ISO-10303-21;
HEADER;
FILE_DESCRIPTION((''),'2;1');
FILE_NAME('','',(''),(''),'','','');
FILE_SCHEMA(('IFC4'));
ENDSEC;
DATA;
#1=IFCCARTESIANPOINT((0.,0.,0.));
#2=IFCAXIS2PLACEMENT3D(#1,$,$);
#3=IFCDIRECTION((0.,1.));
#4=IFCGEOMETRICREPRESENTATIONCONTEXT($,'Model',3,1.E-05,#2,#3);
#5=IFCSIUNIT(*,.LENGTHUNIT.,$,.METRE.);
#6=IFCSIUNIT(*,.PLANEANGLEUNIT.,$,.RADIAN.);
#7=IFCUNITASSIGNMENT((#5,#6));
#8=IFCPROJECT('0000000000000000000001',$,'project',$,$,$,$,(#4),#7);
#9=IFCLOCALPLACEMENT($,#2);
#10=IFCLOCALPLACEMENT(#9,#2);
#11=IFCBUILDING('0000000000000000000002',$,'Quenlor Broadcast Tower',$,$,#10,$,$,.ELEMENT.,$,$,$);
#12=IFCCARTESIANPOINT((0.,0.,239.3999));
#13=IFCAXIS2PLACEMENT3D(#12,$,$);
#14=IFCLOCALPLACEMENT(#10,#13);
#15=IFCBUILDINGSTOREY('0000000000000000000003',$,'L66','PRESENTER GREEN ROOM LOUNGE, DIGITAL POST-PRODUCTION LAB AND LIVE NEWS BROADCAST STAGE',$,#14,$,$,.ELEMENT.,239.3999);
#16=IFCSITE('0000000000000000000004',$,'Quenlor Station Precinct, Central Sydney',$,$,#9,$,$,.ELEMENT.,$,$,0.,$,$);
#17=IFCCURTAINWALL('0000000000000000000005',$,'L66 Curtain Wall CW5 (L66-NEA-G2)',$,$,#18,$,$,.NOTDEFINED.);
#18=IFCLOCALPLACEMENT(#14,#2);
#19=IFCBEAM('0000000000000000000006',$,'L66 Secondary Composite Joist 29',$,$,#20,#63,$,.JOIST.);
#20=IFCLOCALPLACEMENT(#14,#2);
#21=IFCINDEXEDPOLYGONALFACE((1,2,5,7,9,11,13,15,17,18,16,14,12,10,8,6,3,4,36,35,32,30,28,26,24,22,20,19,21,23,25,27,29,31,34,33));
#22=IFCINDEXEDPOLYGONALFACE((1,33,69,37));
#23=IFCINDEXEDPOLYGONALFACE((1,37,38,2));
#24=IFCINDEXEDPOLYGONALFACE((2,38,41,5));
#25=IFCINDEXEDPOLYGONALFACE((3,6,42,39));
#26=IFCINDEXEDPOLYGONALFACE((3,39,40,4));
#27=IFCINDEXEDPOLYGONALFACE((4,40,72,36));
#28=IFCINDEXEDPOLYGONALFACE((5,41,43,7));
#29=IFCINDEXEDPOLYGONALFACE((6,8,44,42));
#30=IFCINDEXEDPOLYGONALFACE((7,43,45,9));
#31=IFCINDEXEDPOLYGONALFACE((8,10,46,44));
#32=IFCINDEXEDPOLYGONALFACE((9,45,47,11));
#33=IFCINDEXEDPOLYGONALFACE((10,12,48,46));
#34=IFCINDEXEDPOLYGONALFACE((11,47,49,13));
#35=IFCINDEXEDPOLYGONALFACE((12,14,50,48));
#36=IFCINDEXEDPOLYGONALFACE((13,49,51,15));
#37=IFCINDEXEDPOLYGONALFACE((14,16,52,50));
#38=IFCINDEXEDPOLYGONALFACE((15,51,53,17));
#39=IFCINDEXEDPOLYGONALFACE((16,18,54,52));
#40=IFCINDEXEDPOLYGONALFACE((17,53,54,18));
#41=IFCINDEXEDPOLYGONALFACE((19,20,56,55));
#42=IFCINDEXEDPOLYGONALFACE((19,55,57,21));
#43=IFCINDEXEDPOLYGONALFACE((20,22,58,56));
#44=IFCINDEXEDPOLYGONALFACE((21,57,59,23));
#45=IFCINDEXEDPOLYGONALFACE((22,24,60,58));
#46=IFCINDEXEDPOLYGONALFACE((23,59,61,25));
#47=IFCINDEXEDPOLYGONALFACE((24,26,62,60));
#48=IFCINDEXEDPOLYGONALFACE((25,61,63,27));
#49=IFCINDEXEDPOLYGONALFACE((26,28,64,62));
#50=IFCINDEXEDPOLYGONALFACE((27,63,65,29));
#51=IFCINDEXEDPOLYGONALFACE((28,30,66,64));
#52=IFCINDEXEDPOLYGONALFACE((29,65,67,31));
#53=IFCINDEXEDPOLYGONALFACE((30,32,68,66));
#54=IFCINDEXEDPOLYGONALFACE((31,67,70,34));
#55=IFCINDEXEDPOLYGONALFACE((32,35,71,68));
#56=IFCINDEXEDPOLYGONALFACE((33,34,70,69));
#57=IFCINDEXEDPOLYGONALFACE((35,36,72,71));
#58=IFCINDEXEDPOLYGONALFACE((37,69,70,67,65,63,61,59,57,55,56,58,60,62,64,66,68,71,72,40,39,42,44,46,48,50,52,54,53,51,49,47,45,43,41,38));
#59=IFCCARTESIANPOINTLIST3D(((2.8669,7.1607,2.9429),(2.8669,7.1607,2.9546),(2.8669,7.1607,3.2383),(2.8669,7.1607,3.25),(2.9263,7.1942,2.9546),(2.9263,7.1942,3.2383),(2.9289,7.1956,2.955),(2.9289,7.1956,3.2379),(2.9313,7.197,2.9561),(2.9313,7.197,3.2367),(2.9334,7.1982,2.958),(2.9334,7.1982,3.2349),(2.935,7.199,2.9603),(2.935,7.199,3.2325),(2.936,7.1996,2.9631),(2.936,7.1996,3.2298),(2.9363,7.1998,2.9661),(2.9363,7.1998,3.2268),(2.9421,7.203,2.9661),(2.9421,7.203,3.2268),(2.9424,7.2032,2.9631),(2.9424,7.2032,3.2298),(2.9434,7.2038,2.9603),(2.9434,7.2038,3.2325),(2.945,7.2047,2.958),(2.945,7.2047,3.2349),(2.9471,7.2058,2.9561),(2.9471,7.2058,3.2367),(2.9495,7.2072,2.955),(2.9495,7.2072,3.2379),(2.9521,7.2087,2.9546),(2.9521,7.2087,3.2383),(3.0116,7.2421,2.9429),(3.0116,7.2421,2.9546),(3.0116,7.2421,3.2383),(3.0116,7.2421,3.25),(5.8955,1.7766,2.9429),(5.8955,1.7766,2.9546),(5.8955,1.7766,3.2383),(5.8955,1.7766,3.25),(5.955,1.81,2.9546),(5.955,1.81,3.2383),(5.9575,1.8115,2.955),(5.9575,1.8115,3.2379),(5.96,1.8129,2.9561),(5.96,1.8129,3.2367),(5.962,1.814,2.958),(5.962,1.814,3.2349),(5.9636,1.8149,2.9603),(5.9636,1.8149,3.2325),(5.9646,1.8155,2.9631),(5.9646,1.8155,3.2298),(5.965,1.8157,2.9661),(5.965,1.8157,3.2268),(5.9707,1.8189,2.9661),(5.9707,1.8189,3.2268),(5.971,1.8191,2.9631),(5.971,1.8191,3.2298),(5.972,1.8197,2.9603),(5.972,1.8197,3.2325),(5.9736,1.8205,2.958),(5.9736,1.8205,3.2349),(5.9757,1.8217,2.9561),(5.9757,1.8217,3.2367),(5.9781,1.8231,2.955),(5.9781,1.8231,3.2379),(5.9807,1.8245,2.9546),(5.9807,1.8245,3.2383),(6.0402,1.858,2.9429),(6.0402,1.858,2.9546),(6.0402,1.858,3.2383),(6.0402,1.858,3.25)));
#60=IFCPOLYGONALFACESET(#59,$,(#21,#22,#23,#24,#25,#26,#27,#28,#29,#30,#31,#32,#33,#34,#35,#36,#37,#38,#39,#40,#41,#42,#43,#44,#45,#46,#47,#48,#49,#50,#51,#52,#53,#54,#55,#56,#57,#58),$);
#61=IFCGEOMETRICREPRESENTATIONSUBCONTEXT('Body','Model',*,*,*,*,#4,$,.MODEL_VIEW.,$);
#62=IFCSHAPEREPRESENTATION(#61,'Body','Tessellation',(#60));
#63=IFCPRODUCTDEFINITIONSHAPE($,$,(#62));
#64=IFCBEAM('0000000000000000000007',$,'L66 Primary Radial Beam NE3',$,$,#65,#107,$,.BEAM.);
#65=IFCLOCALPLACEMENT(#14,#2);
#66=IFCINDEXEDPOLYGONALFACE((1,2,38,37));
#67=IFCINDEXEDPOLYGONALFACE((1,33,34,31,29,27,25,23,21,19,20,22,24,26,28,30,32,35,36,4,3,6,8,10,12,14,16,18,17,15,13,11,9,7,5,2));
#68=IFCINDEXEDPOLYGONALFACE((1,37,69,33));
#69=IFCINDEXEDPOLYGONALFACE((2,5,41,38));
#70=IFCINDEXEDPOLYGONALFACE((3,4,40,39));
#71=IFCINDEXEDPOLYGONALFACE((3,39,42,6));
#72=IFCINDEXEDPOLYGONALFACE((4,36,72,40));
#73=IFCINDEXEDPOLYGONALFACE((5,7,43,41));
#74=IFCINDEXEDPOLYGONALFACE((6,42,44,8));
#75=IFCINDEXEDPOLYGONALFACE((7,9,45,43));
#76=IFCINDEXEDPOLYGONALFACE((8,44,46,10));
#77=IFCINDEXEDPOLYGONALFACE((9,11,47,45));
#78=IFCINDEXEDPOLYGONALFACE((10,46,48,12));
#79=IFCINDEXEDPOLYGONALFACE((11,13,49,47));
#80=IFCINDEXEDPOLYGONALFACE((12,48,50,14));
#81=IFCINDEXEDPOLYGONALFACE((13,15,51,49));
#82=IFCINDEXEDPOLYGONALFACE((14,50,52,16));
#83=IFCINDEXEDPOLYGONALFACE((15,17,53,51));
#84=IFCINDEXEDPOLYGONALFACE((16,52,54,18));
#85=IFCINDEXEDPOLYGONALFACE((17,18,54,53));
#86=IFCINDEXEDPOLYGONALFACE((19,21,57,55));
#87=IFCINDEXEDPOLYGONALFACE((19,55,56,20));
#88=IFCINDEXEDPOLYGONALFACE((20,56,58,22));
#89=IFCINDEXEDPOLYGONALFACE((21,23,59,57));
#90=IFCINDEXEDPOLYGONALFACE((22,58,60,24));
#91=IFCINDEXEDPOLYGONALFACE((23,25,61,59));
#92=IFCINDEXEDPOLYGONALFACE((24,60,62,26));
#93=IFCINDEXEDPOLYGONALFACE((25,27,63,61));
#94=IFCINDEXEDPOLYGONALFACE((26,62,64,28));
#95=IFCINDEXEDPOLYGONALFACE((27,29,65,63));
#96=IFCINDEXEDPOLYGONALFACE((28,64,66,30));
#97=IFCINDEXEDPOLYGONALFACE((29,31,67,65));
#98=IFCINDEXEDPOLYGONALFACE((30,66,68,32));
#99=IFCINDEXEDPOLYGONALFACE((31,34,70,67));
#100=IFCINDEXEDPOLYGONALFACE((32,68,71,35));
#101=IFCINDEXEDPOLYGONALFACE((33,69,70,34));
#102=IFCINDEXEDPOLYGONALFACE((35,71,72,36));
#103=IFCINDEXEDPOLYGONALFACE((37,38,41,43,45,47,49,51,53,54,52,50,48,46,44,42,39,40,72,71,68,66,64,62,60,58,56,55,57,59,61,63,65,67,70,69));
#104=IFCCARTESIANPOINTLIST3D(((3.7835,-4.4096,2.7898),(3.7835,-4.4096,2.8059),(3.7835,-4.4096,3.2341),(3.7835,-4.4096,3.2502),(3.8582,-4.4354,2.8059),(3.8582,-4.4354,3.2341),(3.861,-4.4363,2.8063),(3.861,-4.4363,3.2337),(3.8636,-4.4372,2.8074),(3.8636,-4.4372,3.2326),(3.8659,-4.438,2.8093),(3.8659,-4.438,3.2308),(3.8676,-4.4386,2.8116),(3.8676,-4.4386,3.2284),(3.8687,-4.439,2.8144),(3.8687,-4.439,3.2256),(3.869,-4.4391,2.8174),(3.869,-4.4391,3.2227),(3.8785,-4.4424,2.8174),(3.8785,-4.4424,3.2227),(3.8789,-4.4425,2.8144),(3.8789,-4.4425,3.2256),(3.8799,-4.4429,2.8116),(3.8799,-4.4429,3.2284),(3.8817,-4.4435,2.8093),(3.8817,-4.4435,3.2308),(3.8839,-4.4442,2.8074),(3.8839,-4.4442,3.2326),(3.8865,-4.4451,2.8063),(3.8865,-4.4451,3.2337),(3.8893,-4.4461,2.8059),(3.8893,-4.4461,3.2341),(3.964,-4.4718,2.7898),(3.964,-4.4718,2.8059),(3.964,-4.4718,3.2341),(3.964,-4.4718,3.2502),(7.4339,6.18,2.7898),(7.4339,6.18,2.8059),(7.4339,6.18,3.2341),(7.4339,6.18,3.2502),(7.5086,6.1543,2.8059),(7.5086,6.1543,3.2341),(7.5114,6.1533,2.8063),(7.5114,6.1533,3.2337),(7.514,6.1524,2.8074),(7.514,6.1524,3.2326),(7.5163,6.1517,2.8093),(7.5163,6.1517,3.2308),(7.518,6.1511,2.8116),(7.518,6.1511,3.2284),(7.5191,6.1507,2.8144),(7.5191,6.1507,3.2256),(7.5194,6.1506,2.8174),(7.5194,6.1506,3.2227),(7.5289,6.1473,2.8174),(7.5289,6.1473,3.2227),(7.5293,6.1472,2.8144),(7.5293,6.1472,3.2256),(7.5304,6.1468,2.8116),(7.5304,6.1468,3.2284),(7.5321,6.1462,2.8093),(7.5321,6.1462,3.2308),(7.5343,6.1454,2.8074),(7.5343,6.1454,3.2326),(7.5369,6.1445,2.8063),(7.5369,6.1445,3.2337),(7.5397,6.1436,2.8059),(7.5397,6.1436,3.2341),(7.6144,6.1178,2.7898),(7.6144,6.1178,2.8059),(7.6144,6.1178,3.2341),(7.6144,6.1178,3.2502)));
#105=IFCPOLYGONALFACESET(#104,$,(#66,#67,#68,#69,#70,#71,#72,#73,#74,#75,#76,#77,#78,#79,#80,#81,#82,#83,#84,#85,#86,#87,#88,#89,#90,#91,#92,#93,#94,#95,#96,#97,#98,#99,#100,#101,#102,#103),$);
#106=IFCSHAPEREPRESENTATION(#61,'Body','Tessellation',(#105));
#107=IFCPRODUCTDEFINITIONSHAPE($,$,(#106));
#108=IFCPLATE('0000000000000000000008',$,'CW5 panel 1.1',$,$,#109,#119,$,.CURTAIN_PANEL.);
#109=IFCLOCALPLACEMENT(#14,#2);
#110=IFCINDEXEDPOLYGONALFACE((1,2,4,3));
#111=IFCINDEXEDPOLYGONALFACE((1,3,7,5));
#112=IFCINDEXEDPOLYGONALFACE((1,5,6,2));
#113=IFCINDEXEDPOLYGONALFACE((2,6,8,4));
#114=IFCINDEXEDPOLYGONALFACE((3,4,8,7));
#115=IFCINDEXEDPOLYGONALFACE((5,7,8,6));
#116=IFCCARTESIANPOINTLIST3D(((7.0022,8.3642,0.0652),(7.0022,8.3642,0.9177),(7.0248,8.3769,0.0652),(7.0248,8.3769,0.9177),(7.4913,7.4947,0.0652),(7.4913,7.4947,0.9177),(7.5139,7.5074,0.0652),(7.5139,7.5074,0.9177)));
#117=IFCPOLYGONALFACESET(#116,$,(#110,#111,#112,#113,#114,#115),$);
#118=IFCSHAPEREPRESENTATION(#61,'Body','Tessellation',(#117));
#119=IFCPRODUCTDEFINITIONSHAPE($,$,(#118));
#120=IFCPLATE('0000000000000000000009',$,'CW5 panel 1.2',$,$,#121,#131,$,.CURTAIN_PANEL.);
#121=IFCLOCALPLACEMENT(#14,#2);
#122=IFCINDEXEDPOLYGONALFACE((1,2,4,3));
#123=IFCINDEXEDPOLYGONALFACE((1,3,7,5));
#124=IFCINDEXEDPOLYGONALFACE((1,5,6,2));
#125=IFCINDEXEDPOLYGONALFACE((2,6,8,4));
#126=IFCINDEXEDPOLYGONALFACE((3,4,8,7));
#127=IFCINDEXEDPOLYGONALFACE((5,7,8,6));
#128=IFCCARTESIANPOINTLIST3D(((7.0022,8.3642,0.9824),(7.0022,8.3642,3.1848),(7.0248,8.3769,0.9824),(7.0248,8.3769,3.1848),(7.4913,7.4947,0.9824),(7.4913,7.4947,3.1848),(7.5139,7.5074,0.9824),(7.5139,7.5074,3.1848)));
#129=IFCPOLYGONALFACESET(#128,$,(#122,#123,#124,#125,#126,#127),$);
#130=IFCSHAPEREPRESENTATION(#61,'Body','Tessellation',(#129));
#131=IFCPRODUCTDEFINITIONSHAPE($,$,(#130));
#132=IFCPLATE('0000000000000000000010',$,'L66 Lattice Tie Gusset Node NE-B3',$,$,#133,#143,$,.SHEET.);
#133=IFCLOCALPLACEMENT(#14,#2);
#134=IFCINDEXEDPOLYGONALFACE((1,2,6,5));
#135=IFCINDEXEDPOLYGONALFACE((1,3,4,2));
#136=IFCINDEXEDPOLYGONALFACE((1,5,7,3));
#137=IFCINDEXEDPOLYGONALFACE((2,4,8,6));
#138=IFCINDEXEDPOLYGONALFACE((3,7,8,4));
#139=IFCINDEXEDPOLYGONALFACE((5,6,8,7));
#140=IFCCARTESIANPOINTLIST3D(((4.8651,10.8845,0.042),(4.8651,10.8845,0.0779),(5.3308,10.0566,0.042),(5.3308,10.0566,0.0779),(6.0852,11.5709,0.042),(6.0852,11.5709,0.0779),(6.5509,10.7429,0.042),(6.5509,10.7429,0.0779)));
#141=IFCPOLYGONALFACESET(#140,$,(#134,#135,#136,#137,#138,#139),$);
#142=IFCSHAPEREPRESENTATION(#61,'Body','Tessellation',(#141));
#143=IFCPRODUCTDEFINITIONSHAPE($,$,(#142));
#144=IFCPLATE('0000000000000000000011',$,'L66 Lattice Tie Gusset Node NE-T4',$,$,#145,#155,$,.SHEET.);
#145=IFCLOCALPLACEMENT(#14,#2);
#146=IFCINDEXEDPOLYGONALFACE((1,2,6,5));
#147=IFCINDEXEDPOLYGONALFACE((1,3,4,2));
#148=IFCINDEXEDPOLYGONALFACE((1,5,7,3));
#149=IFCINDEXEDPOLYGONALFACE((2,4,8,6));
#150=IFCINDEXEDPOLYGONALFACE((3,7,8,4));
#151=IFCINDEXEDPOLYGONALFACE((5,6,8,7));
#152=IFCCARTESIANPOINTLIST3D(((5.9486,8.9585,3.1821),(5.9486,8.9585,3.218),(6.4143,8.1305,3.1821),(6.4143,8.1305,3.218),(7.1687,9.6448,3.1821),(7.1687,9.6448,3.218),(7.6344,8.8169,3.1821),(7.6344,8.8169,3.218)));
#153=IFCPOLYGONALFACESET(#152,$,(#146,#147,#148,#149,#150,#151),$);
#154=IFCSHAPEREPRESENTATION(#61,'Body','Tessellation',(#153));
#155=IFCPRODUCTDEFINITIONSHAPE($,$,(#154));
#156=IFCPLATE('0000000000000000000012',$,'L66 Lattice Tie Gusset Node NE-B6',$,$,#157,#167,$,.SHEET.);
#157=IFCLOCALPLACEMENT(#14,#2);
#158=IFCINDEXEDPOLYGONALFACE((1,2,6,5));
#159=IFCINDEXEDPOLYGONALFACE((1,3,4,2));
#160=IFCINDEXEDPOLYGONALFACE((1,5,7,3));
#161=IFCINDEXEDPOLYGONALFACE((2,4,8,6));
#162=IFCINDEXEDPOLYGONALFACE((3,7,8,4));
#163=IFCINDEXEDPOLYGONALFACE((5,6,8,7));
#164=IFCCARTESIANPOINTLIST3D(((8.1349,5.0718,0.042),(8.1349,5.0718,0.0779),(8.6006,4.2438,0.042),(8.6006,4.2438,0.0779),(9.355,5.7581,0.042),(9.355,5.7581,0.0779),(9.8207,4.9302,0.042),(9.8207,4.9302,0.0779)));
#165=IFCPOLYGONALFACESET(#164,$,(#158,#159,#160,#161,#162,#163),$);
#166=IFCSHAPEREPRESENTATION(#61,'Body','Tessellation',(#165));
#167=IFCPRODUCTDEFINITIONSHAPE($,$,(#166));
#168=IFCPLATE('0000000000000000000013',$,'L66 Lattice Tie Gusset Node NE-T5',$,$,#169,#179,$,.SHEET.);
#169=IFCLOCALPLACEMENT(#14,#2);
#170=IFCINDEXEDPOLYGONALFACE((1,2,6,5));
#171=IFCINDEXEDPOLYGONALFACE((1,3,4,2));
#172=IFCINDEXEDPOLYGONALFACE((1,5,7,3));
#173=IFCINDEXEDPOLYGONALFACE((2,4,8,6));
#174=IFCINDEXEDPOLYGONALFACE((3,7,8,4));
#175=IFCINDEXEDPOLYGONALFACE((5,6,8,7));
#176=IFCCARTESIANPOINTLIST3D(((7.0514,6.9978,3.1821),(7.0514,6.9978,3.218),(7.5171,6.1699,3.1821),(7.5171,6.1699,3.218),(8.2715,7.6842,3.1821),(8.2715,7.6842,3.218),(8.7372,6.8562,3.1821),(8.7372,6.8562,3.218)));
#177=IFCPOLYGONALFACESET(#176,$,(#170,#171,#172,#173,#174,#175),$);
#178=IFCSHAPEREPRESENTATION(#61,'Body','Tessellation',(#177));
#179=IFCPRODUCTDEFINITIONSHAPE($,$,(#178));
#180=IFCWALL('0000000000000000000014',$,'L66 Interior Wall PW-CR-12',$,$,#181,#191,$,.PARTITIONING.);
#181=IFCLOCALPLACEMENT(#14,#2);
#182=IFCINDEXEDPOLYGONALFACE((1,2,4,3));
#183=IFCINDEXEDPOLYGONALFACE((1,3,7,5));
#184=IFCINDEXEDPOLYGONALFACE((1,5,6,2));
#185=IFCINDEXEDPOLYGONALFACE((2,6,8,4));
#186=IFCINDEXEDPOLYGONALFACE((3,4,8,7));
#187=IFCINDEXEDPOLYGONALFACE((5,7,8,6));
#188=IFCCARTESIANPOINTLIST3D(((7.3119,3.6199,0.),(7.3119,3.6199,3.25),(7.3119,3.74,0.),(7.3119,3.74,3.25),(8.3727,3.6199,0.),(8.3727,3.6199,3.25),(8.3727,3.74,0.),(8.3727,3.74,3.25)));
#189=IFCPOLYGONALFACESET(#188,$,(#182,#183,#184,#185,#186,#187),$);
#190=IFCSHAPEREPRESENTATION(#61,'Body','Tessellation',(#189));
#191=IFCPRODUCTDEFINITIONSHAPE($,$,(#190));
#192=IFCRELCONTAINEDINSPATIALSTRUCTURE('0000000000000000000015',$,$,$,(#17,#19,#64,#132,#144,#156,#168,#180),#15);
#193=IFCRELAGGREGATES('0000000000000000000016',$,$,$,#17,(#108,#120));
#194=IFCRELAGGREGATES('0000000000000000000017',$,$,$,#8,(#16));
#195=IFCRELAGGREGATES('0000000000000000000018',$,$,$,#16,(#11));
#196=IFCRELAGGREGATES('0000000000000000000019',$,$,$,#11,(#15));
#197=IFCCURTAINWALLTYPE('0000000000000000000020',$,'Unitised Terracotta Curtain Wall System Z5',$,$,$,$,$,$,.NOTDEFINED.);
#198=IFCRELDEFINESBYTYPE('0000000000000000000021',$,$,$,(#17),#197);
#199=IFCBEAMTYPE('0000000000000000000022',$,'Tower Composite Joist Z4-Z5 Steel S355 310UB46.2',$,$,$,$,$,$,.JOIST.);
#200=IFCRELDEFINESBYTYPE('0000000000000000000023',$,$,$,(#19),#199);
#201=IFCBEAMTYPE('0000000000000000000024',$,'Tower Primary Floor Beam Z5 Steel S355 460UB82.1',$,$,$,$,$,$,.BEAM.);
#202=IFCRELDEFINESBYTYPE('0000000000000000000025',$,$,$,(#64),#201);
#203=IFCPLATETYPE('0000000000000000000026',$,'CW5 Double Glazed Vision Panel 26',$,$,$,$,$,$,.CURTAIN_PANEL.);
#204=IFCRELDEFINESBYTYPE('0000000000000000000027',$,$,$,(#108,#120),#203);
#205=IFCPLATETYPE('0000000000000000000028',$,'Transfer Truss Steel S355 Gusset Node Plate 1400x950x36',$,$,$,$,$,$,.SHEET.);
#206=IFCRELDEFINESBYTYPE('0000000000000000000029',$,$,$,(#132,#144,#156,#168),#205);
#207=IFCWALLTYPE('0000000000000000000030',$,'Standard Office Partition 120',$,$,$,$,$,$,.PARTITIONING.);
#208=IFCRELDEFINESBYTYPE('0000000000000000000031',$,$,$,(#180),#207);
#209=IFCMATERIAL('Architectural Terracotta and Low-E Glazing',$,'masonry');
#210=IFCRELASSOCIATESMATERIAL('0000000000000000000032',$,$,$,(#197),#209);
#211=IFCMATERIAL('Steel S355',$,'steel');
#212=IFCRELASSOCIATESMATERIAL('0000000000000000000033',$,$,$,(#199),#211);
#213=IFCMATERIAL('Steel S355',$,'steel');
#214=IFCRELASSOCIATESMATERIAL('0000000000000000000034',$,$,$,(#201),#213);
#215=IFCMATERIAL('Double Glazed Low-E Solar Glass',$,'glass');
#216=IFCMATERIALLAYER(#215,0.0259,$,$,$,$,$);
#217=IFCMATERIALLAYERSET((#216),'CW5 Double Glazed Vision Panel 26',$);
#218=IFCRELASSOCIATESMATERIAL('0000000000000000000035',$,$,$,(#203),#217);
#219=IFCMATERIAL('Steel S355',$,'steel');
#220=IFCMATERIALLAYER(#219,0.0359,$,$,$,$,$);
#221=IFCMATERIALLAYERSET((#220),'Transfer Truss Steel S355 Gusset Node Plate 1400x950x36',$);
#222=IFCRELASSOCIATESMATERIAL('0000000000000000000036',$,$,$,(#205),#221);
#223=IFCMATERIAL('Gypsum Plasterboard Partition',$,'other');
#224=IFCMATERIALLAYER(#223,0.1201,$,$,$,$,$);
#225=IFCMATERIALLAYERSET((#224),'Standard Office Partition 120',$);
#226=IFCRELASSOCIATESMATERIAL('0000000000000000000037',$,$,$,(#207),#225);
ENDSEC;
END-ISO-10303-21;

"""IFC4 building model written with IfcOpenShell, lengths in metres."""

from ifc_helpers import new_model, si_unit, direction, frame, frame_2d, origin, origin_2d, place, context, subcontext, project, spatial, rectangle, i_section, extrude, material, layer, layer_set, material_profile, profile_set, type_object, element, aggregate, save


model = new_model("IFC4")

# Units and contexts
model_context = context("Model", 3, precision=1e-05, world=origin(), true_north=direction((0.0, 1.0)))
body_context = subcontext(model_context, "Body", "Model", "MODEL_VIEW")
ifc_project = project(units=[si_unit("LENGTHUNIT", "METRE"), si_unit("PLANEANGLEUNIT", "RADIAN")], contexts=[model_context])

# Site, building, storey
site_placement = place(None, origin())
site = spatial("IfcSite", under=ifc_project, at=site_placement, Name="Quenlor Station Precinct, Central Sydney", CompositionType="ELEMENT", RefElevation=0.0)
building_placement = place(site_placement, origin())
building = spatial("IfcBuilding", under=site, at=building_placement, Name="Quenlor Broadcast Tower", CompositionType="ELEMENT")
storey_placement = place(building_placement, frame((0.0, 0.0, 239.3999)))
storey = spatial("IfcBuildingStorey", under=building, at=storey_placement, Name="L66", Description="PRESENTER GREEN ROOM LOUNGE, DIGITAL POST-PRODUCTION LAB AND LIVE NEWS BROADCAST STAGE", CompositionType="ELEMENT", Elevation=239.3999)

# Curtain wall
ifc_material_1 = material(Name="Architectural Terracotta and Low-E Glazing", Category="masonry")
curtain_wall_type = type_object("IfcCurtainWallType", Name="Unitised Terracotta Curtain Wall System Z5", PredefinedType="NOTDEFINED", material=ifc_material_1)
curtain_wall_placement = place(storey_placement, origin())
curtain_wall = element("IfcCurtainWall", 1, at=curtain_wall_placement, inside=storey, type_object=curtain_wall_type, Name="L66 Curtain Wall CW5 (L66-NEA-G2)", PredefinedType="NOTDEFINED")

# Beams
ifc_material_2 = material(Name="Steel S355", Category="steel")
ifc_material_profile_1 = material_profile(ifc_material_2, i_section(OverallWidth=0.166, OverallDepth=0.3071, WebThickness=0.0066, FlangeThickness=0.0117, FilletRadius=0.0115, at=origin_2d()))
ifc_profile_set_1 = profile_set([ifc_material_profile_1], Name="Steel S355 310UB46.2")
beam_type_1 = type_object("IfcBeamType", Name="Tower Composite Joist Z4-Z5 Steel S355 310UB46.2", PredefinedType="JOIST", material=ifc_profile_set_1)
beam_1_placement = place(storey_placement, frame((2.9392, 7.2014, 3.0964), z_axis=(0.490267, -0.871572, 0.0), x_axis=(0.871572, 0.490267, 0.0)))
element("IfcBeam", 2, at=beam_1_placement, inside=storey, type_object=beam_type_1, Name="L66 Secondary Composite Joist 29", PredefinedType="JOIST", context=body_context, shape_type="SweptSolid", body=[
    extrude(i_section(OverallWidth=0.166, OverallDepth=0.3071, WebThickness=0.0066, FlangeThickness=0.0117, FilletRadius=0.0115, at=origin_2d()), origin(), (0.0, 0.0, 1.0), 6.1775),
])
ifc_material_3 = material(Name="Steel S355", Category="steel")
ifc_material_profile_2 = material_profile(ifc_material_3, i_section(OverallWidth=0.1909, OverallDepth=0.4604, WebThickness=0.01, FlangeThickness=0.0161, FilletRadius=0.0115, at=origin_2d()))
ifc_profile_set_2 = profile_set([ifc_material_profile_2], Name="Steel S355 460UB82.1")
beam_type_2 = type_object("IfcBeamType", Name="Tower Primary Floor Beam Z5 Steel S355 460UB82.1", PredefinedType="BEAM", material=ifc_profile_set_2)
beam_2_placement = place(storey_placement, frame((7.5242, 6.1489, 3.02), z_axis=(-0.325895, -0.945406, 0.0), x_axis=(0.945406, -0.325895, 0.0)))
element("IfcBeam", 3, at=beam_2_placement, inside=storey, type_object=beam_type_2, Name="L66 Primary Radial Beam NE3", PredefinedType="BEAM", context=body_context, shape_type="SweptSolid", body=[
    extrude(i_section(OverallWidth=0.1909, OverallDepth=0.4604, WebThickness=0.01, FlangeThickness=0.0161, FilletRadius=0.0115, at=origin_2d()), origin(), (0.0, 0.0, 1.0), 11.2012),
])

# Plates
ifc_material_4 = material(Name="Double Glazed Low-E Solar Glass", Category="glass")
ifc_layer_1 = layer(ifc_material_4, 0.0259)
ifc_layer_set_1 = layer_set([ifc_layer_1], Name="CW5 Double Glazed Vision Panel 26")
plate_type_1 = type_object("IfcPlateType", Name="CW5 Double Glazed Vision Panel 26", PredefinedType="CURTAIN_PANEL", material=ifc_layer_set_1)
plate_1_placement = place(storey_placement, frame((7.2581, 7.9358, 0.0652), z_axis=(0.0, 0.0, 1.0), x_axis=(0.490282, -0.871564, 0.0)))
plate_1 = element("IfcPlate", 4, at=plate_1_placement, type_object=plate_type_1, Name="CW5 panel 1.1", PredefinedType="CURTAIN_PANEL", context=body_context, shape_type="SweptSolid", body=[
    extrude(rectangle(XDim=0.9976, YDim=0.0259, at=origin_2d()), origin(), (0.0, 0.0, 1.0), 0.8525),
])
plate_2_placement = place(storey_placement, frame((7.2581, 7.9358, 0.9824), z_axis=(0.0, 0.0, 1.0), x_axis=(0.490282, -0.871564, 0.0)))
plate_2 = element("IfcPlate", 5, at=plate_2_placement, type_object=plate_type_1, Name="CW5 panel 1.2", PredefinedType="CURTAIN_PANEL", context=body_context, shape_type="SweptSolid", body=[
    extrude(rectangle(XDim=0.9976, YDim=0.0259, at=origin_2d()), origin(), (0.0, 0.0, 1.0), 2.2024),
])
aggregate(curtain_wall, [plate_1, plate_2])

# Plates
ifc_material_5 = material(Name="Steel S355", Category="steel")
ifc_layer_2 = layer(ifc_material_5, 0.0359)
ifc_layer_set_2 = layer_set([ifc_layer_2], Name="Transfer Truss Steel S355 Gusset Node Plate 1400x950x36")
plate_type_2 = type_object("IfcPlateType", Name="Transfer Truss Steel S355 Gusset Node Plate 1400x950x36", PredefinedType="SHEET", material=ifc_layer_set_2)
for number, where, z_axis, x_axis, name in (
    (6, (5.708, 10.8137, 0.042), (0.0, 0.0, 1.0), (0.871556, 0.490295, 0.0), "L66 Lattice Tie Gusset Node NE-B3"),
    (7, (6.7915, 8.8877, 3.1821), (0.0, 0.0, 1.0), (0.871556, 0.490295, 0.0), "L66 Lattice Tie Gusset Node NE-T4"),
    (8, (8.9778, 5.001, 0.042), (0.0, 0.0, 1.0), (0.871556, 0.490295, 0.0), "L66 Lattice Tie Gusset Node NE-B6"),
    (9, (7.8943, 6.927, 3.1821), (0.0, 0.0, 1.0), (0.871556, 0.490295, 0.0), "L66 Lattice Tie Gusset Node NE-T5"),
):
    element("IfcPlate", number, at=place(storey_placement, frame(where, z_axis=z_axis, x_axis=x_axis)), inside=storey, type_object=plate_type_2, Name=name, PredefinedType="SHEET", context=body_context, shape_type="SweptSolid", body=[
        extrude(rectangle(XDim=1.3999, YDim=0.95, at=origin_2d()), origin(), (0.0, 0.0, 1.0), 0.0359),
    ])

# Wall
ifc_material_6 = material(Name="Gypsum Plasterboard Partition", Category="other")
ifc_layer_3 = layer(ifc_material_6, 0.1201)
ifc_layer_set_3 = layer_set([ifc_layer_3], Name="Standard Office Partition 120")
wall_type_1 = type_object("IfcWallType", Name="Standard Office Partition 120", PredefinedType="PARTITIONING", material=ifc_layer_set_3)
wall_1_placement = place(storey_placement, frame((7.312, 3.6799, 0.0), z_axis=(0.0, 0.0, 1.0), x_axis=(1.0, 0.0, 0.0)))
element("IfcWall", 10, at=wall_1_placement, inside=storey, type_object=wall_type_1, Name="L66 Interior Wall PW-CR-12", PredefinedType="PARTITIONING", context=body_context, shape_type="SweptSolid", body=[
    extrude(rectangle(XDim=1.0608, YDim=0.1201, at=frame_2d((0.5303, 0.0))), origin(), (0.0, 0.0, 1.0), 3.25),
])

save(model, "model.ifc")
